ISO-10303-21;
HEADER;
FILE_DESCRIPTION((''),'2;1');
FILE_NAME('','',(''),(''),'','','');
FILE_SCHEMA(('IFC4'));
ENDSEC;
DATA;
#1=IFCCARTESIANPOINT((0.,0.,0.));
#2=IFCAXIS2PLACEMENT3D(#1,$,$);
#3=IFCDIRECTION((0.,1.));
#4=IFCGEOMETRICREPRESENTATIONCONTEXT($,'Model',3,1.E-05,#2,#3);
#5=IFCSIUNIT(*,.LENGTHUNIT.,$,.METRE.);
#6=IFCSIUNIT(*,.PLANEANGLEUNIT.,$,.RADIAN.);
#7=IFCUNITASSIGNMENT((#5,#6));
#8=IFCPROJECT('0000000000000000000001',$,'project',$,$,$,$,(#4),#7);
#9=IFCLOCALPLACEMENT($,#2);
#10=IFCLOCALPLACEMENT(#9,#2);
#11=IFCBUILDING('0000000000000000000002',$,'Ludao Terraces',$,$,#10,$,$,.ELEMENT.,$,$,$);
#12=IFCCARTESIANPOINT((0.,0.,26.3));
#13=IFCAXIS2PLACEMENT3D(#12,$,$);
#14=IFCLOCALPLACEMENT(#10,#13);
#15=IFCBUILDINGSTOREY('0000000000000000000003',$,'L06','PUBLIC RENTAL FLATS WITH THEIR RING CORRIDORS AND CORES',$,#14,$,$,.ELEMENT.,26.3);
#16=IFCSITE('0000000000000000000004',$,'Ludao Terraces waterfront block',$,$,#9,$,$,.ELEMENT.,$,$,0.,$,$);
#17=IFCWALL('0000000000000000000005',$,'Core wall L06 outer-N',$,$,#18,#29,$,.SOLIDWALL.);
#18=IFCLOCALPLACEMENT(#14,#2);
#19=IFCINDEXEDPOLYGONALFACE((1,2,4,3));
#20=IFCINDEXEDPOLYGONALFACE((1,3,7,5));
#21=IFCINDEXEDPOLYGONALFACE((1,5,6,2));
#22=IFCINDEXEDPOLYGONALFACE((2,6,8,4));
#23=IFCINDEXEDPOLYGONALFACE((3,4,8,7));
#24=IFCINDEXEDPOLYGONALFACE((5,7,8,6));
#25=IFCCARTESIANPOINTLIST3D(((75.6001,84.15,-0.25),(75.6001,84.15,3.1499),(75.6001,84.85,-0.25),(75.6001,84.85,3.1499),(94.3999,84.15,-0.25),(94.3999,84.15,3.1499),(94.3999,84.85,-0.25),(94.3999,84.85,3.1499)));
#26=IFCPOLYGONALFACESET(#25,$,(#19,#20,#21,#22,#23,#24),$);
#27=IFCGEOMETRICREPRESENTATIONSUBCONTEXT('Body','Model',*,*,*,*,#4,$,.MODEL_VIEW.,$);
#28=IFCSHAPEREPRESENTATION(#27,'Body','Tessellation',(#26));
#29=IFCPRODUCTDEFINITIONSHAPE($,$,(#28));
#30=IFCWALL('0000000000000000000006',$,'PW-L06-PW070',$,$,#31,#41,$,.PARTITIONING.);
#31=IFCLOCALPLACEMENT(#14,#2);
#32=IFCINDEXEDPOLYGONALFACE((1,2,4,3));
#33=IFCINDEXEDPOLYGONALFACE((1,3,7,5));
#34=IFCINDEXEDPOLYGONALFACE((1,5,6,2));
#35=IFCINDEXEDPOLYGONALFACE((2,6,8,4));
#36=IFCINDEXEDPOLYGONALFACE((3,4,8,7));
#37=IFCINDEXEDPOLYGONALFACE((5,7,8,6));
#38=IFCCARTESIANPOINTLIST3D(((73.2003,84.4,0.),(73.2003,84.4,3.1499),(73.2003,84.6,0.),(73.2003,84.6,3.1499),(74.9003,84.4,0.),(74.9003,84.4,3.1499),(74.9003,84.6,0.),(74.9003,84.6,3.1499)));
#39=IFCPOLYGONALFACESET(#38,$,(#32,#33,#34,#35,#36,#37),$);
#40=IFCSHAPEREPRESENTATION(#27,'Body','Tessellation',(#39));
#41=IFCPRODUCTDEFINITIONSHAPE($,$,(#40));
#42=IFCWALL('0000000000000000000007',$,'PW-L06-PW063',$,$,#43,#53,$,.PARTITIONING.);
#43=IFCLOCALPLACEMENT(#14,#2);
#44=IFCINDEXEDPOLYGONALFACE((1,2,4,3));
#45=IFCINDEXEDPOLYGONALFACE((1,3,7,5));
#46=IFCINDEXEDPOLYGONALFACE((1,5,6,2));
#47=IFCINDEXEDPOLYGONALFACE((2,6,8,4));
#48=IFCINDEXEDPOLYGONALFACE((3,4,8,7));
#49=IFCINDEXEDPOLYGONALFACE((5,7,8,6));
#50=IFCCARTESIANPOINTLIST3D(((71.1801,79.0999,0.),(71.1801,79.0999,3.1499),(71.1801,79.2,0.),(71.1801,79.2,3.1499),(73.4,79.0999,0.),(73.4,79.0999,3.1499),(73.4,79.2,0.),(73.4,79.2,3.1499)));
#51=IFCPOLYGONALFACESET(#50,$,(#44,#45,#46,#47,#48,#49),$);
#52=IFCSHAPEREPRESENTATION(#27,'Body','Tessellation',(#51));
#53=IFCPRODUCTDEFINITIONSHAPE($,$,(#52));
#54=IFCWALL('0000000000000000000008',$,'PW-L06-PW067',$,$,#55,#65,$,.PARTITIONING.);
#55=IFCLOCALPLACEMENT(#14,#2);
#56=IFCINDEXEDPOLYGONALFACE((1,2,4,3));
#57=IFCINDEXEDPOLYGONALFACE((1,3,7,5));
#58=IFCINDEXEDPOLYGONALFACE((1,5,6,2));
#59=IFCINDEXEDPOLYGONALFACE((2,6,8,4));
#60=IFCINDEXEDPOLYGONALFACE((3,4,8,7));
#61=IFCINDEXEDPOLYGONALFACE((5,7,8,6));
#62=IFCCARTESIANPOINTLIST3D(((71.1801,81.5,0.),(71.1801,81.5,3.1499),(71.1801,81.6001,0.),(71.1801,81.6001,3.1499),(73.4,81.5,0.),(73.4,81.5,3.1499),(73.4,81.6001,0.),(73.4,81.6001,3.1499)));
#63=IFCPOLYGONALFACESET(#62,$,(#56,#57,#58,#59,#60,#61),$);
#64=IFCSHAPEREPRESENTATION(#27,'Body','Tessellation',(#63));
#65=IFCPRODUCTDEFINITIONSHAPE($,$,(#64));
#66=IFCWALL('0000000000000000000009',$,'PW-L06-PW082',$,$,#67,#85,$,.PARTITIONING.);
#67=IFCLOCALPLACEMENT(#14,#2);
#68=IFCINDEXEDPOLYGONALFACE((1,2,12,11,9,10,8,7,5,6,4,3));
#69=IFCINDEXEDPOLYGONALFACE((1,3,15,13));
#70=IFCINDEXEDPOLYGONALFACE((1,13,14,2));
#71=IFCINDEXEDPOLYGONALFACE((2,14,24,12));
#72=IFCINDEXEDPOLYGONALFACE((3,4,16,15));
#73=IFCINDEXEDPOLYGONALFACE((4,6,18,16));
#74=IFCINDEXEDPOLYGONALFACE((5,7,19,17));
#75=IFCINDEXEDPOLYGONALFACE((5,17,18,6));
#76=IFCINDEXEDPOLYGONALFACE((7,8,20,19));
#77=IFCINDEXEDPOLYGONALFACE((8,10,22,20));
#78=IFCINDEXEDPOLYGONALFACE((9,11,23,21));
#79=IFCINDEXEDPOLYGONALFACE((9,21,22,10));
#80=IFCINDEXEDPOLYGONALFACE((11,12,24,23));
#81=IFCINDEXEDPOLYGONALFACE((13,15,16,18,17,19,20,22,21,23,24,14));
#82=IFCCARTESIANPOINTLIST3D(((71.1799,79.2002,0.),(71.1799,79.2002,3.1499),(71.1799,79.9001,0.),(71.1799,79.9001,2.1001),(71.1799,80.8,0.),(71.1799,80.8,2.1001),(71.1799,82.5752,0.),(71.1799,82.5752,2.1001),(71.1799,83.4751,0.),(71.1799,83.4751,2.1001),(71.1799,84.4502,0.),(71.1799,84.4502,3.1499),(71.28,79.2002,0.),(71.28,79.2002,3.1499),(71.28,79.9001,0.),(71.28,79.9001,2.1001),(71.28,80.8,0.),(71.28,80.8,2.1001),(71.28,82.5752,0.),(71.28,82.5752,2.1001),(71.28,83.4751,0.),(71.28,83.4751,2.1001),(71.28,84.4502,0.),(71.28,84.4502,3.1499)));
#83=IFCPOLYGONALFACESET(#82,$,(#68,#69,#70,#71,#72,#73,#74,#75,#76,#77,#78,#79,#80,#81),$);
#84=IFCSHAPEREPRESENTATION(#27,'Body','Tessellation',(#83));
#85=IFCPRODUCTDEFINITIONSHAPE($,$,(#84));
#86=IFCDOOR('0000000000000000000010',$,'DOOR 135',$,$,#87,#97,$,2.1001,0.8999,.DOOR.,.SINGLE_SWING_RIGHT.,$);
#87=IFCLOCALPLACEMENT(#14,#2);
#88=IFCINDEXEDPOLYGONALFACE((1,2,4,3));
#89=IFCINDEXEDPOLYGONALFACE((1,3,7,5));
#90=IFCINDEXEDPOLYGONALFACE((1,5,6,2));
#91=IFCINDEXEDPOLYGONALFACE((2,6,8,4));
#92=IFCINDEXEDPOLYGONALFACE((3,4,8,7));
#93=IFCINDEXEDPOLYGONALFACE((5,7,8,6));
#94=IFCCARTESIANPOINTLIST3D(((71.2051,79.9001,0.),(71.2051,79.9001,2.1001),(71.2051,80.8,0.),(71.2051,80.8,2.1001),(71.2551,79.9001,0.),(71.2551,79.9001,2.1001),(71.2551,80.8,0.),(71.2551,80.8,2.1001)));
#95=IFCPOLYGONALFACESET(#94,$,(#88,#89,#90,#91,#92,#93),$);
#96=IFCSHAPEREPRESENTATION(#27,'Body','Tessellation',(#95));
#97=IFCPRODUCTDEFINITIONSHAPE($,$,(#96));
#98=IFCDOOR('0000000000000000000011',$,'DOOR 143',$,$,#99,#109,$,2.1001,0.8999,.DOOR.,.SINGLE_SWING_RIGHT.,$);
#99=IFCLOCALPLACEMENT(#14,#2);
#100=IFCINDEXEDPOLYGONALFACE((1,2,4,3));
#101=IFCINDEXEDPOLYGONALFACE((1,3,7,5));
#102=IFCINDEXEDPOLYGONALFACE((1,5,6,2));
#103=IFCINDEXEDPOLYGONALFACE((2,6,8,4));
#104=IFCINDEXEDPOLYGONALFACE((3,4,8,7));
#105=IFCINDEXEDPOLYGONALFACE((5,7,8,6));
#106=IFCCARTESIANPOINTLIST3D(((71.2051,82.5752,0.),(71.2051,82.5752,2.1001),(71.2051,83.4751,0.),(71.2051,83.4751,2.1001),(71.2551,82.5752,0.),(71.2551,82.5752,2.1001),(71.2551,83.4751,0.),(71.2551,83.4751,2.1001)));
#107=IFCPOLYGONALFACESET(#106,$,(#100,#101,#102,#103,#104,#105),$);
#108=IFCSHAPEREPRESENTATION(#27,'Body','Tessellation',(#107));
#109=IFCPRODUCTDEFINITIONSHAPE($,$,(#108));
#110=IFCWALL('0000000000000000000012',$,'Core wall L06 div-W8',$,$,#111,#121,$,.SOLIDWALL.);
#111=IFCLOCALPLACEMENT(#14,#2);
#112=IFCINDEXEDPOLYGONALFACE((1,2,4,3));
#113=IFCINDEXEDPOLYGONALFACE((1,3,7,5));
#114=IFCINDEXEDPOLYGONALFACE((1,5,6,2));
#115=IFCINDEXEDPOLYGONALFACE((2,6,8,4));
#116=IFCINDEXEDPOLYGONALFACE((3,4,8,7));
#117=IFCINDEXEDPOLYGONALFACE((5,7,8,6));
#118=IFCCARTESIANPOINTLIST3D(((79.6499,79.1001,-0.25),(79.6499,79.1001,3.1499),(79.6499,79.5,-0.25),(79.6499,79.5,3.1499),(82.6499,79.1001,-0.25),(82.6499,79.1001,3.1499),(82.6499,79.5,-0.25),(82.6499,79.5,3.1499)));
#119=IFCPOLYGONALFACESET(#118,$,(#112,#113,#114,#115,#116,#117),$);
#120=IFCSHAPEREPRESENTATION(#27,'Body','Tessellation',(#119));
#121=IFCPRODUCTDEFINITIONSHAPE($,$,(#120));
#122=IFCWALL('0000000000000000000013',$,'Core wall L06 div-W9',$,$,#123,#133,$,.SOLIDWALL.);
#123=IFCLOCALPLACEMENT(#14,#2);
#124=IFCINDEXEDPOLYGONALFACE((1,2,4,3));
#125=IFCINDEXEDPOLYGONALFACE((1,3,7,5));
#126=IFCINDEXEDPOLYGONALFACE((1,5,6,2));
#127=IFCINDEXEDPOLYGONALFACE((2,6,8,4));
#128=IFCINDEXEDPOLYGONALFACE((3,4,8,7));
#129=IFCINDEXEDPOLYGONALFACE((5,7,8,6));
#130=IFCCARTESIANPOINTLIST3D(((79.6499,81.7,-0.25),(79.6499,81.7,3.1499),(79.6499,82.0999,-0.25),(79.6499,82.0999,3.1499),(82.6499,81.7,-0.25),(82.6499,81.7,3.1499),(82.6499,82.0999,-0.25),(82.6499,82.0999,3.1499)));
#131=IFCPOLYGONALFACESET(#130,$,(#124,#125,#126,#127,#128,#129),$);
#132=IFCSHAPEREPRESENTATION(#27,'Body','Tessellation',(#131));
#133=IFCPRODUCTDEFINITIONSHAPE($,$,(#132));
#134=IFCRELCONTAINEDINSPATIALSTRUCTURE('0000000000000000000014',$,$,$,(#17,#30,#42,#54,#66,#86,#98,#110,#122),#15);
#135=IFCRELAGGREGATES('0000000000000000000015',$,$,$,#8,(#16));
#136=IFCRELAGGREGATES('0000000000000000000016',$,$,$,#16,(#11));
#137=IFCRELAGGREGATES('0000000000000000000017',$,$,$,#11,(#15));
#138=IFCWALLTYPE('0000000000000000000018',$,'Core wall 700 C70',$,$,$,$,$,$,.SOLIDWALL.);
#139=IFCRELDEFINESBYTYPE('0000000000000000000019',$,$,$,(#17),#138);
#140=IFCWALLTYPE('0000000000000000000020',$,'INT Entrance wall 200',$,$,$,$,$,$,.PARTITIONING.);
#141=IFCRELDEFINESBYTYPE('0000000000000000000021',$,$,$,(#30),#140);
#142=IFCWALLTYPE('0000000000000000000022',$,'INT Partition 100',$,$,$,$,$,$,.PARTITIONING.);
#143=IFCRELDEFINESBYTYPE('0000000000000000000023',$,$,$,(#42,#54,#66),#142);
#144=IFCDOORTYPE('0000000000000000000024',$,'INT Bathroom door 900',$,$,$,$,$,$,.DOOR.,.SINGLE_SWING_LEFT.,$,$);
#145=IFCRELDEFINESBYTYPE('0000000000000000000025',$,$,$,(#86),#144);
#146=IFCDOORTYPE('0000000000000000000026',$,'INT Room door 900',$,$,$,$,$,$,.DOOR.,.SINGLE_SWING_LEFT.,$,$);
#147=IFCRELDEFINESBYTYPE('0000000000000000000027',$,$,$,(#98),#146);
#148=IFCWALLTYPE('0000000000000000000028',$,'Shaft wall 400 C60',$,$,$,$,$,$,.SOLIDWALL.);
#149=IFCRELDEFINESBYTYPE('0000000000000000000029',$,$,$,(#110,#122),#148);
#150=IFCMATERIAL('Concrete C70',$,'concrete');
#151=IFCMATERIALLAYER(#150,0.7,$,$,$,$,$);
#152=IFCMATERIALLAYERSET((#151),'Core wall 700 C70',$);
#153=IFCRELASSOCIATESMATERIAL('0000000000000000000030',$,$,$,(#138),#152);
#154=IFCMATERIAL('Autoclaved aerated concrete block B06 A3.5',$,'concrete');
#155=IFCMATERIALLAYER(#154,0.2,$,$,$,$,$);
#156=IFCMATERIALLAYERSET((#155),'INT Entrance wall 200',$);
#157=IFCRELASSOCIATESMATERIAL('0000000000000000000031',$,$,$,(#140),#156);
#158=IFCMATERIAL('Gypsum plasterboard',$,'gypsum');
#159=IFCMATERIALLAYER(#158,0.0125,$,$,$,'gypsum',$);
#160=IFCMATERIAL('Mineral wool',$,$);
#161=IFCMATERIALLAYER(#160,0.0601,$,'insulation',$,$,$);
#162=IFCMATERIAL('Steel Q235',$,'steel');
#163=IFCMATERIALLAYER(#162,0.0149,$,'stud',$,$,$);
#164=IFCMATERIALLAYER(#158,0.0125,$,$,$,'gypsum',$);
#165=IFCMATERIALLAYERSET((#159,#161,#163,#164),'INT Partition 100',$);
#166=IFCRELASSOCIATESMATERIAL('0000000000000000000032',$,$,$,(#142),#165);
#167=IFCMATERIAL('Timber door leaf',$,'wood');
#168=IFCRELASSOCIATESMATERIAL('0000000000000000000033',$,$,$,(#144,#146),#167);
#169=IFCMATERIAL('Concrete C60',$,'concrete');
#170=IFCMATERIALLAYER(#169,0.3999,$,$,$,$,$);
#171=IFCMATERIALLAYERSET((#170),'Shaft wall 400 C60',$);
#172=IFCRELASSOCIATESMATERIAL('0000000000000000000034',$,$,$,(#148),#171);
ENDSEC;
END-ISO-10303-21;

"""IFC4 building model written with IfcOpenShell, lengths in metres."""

from ifc_helpers import new_model, si_unit, direction, frame, frame_2d, origin, place, context, subcontext, project, spatial, rectangle, extrude, material, layer, layer_set, type_object, element, fill, save


model = new_model("IFC4")

# Units and contexts
model_context = context("Model", 3, precision=1e-05, world=origin(), true_north=direction((0.0, 1.0)))
body_context = subcontext(model_context, "Body", "Model", "MODEL_VIEW")
ifc_project = project(units=[si_unit("LENGTHUNIT", "METRE"), si_unit("PLANEANGLEUNIT", "RADIAN")], contexts=[model_context])

# Site, building, storey
site_placement = place(None, origin())
site = spatial("IfcSite", under=ifc_project, at=site_placement, Name="Ludao Terraces waterfront block", CompositionType="ELEMENT", RefElevation=0.0)
building_placement = place(site_placement, origin())
building = spatial("IfcBuilding", under=site, at=building_placement, Name="Ludao Terraces", CompositionType="ELEMENT")
storey_placement = place(building_placement, frame((0.0, 0.0, 26.3)))
storey = spatial("IfcBuildingStorey", under=building, at=storey_placement, Name="L06", Description="PUBLIC RENTAL FLATS WITH THEIR RING CORRIDORS AND CORES", CompositionType="ELEMENT", Elevation=26.3)

# Walls
ifc_material_1 = material(Name="Concrete C70", Category="concrete")
ifc_layer_1 = layer(ifc_material_1, 0.7)
ifc_layer_set_1 = layer_set([ifc_layer_1], Name="Core wall 700 C70")
wall_type_1 = type_object("IfcWallType", Name="Core wall 700 C70", PredefinedType="SOLIDWALL", material=ifc_layer_set_1)
wall_1_placement = place(storey_placement, frame((75.6001, 84.5, -0.25), z_axis=(0.0, 0.0, 1.0), x_axis=(1.0, 0.0, 0.0)))
element("IfcWall", 1, at=wall_1_placement, inside=storey, type_object=wall_type_1, Name="Core wall L06 outer-N", PredefinedType="SOLIDWALL", context=body_context, shape_type="SweptSolid", body=[
    extrude(rectangle(XDim=18.7998, YDim=0.7, at=frame_2d((9.3999, 0.0))), origin(), (0.0, 0.0, 1.0), 3.3999),
])
ifc_material_2 = material(Name="Autoclaved aerated concrete block B06 A3.5", Category="concrete")
ifc_layer_2 = layer(ifc_material_2, 0.2)
ifc_layer_set_2 = layer_set([ifc_layer_2], Name="INT Entrance wall 200")
wall_type_2 = type_object("IfcWallType", Name="INT Entrance wall 200", PredefinedType="PARTITIONING", material=ifc_layer_set_2)
wall_2_placement = place(storey_placement, frame((73.2002, 84.5, 0.0), z_axis=(0.0, 0.0, 1.0), x_axis=(1.0, 0.0, 0.0)))
element("IfcWall", 2, at=wall_2_placement, inside=storey, type_object=wall_type_2, Name="PW-L06-PW070", PredefinedType="PARTITIONING", context=body_context, shape_type="SweptSolid", body=[
    extrude(rectangle(XDim=1.7, YDim=0.2, at=frame_2d((0.8501, 0.0))), origin(), (0.0, 0.0, 1.0), 3.1499),
])
ifc_material_3 = material(Name="Gypsum plasterboard", Category="gypsum")
ifc_layer_3 = layer(ifc_material_3, 0.0125, Category="gypsum")
ifc_material_4 = material(Name="Mineral wool")
ifc_layer_4 = layer(ifc_material_4, 0.0601, Name="insulation")
ifc_material_5 = material(Name="Steel Q235", Category="steel")
ifc_layer_5 = layer(ifc_material_5, 0.0149, Name="stud")
ifc_layer_6 = layer(ifc_material_3, 0.0125, Category="gypsum")
ifc_layer_set_3 = layer_set([ifc_layer_3, ifc_layer_4, ifc_layer_5, ifc_layer_6], Name="INT Partition 100")
wall_type_3 = type_object("IfcWallType", Name="INT Partition 100", PredefinedType="PARTITIONING", material=ifc_layer_set_3)
for number, where, z_axis, x_axis, name in (
    (3, (71.1802, 79.1499, 0.0), (0.0, 0.0, 1.0), (1.0, 0.0, 0.0), "PW-L06-PW063"),
    (4, (71.1802, 81.55, 0.0), (0.0, 0.0, 1.0), (1.0, 0.0, 0.0), "PW-L06-PW067"),
):
    element("IfcWall", number, at=place(storey_placement, frame(where, z_axis=z_axis, x_axis=x_axis)), inside=storey, type_object=wall_type_3, Name=name, PredefinedType="PARTITIONING", context=body_context, shape_type="SweptSolid", body=[
        extrude(rectangle(XDim=2.22, YDim=0.1001, at=frame_2d((1.1099, 0.0))), origin(), (0.0, 0.0, 1.0), 3.1499),
    ])

# Wall, openings, doors
wall_3_placement = place(storey_placement, frame((71.23, 79.2002, 0.0), z_axis=(0.0, 0.0, 1.0), x_axis=(0.0, 1.0, 0.0)))
wall_3 = element("IfcWall", 5, at=wall_3_placement, inside=storey, type_object=wall_type_3, Name="PW-L06-PW082", PredefinedType="PARTITIONING", context=body_context, shape_type="SweptSolid", body=[
    extrude(rectangle(XDim=5.25, YDim=0.1001, at=frame_2d((2.625, 0.0))), origin(), (0.0, 0.0, 1.0), 3.1499),
])
opening_1_placement = place(wall_3_placement, frame((0.7, 0.0, 0.0)))
opening_1 = element("IfcOpeningElement", 6, at=opening_1_placement, cuts=wall_3, PredefinedType="OPENING", context=body_context, shape_type="SweptSolid", body=[
    extrude(rectangle(XDim=0.8999, YDim=2.1001, at=frame_2d((0.45, 1.05))), frame((0.0, 0.0601, 0.0), z_axis=(0.0, -1.0, 0.0), x_axis=(1.0, 0.0, 0.0)), (0.0, 0.0, 1.0), 0.1201),
])
opening_2_placement = place(wall_3_placement, frame((3.375, 0.0, 0.0)))
opening_2 = element("IfcOpeningElement", 7, at=opening_2_placement, cuts=wall_3, PredefinedType="OPENING", context=body_context, shape_type="SweptSolid", body=[
    extrude(rectangle(XDim=0.8999, YDim=2.1001, at=frame_2d((0.45, 1.05))), frame((0.0, 0.0601, 0.0), z_axis=(0.0, -1.0, 0.0), x_axis=(1.0, 0.0, 0.0)), (0.0, 0.0, 1.0), 0.1201),
])
ifc_material_6 = material(Name="Timber door leaf", Category="wood")
door_type_1 = type_object("IfcDoorType", Name="INT Bathroom door 900", OperationType="SINGLE_SWING_LEFT", PredefinedType="DOOR", material=ifc_material_6)
door_1_placement = place(opening_1_placement, origin())
door_1 = element("IfcDoor", 8, at=door_1_placement, inside=storey, type_object=door_type_1, Name="DOOR 135", OperationType="SINGLE_SWING_RIGHT", OverallHeight=2.1001, OverallWidth=0.8999, PredefinedType="DOOR", context=body_context, shape_type="SweptSolid", body=[
    extrude(rectangle(XDim=0.8999, YDim=2.1001, at=frame_2d((0.45, 1.05))), frame((0.0, 0.0249, 0.0), z_axis=(0.0, -1.0, 0.0), x_axis=(1.0, 0.0, 0.0)), (0.0, 0.0, 1.0), 0.05),
])
fill(opening_1, door_1)
door_type_2 = type_object("IfcDoorType", Name="INT Room door 900", OperationType="SINGLE_SWING_LEFT", PredefinedType="DOOR", material=ifc_material_6)
door_2_placement = place(opening_2_placement, origin())
door_2 = element("IfcDoor", 9, at=door_2_placement, inside=storey, type_object=door_type_2, Name="DOOR 143", OperationType="SINGLE_SWING_RIGHT", OverallHeight=2.1001, OverallWidth=0.8999, PredefinedType="DOOR", context=body_context, shape_type="SweptSolid", body=[
    extrude(rectangle(XDim=0.8999, YDim=2.1001, at=frame_2d((0.45, 1.05))), frame((0.0, 0.0249, 0.0), z_axis=(0.0, -1.0, 0.0), x_axis=(1.0, 0.0, 0.0)), (0.0, 0.0, 1.0), 0.05),
])
fill(opening_2, door_2)

# Walls
ifc_material_7 = material(Name="Concrete C60", Category="concrete")
ifc_layer_7 = layer(ifc_material_7, 0.3999)
ifc_layer_set_4 = layer_set([ifc_layer_7], Name="Shaft wall 400 C60")
wall_type_4 = type_object("IfcWallType", Name="Shaft wall 400 C60", PredefinedType="SOLIDWALL", material=ifc_layer_set_4)
for number, where, z_axis, x_axis, name in (
    (10, (79.6499, 79.3, -0.25), (0.0, 0.0, 1.0), (1.0, 0.0, 0.0), "Core wall L06 div-W8"),
    (11, (79.6499, 81.8999, -0.25), (0.0, 0.0, 1.0), (1.0, 0.0, 0.0), "Core wall L06 div-W9"),
):
    element("IfcWall", number, at=place(storey_placement, frame(where, z_axis=z_axis, x_axis=x_axis)), inside=storey, type_object=wall_type_4, Name=name, PredefinedType="SOLIDWALL", context=body_context, shape_type="SweptSolid", body=[
        extrude(rectangle(XDim=3.0, YDim=0.3999, at=frame_2d((1.5, 0.0))), origin(), (0.0, 0.0, 1.0), 3.3999),
    ])

save(model, "model.ifc")
